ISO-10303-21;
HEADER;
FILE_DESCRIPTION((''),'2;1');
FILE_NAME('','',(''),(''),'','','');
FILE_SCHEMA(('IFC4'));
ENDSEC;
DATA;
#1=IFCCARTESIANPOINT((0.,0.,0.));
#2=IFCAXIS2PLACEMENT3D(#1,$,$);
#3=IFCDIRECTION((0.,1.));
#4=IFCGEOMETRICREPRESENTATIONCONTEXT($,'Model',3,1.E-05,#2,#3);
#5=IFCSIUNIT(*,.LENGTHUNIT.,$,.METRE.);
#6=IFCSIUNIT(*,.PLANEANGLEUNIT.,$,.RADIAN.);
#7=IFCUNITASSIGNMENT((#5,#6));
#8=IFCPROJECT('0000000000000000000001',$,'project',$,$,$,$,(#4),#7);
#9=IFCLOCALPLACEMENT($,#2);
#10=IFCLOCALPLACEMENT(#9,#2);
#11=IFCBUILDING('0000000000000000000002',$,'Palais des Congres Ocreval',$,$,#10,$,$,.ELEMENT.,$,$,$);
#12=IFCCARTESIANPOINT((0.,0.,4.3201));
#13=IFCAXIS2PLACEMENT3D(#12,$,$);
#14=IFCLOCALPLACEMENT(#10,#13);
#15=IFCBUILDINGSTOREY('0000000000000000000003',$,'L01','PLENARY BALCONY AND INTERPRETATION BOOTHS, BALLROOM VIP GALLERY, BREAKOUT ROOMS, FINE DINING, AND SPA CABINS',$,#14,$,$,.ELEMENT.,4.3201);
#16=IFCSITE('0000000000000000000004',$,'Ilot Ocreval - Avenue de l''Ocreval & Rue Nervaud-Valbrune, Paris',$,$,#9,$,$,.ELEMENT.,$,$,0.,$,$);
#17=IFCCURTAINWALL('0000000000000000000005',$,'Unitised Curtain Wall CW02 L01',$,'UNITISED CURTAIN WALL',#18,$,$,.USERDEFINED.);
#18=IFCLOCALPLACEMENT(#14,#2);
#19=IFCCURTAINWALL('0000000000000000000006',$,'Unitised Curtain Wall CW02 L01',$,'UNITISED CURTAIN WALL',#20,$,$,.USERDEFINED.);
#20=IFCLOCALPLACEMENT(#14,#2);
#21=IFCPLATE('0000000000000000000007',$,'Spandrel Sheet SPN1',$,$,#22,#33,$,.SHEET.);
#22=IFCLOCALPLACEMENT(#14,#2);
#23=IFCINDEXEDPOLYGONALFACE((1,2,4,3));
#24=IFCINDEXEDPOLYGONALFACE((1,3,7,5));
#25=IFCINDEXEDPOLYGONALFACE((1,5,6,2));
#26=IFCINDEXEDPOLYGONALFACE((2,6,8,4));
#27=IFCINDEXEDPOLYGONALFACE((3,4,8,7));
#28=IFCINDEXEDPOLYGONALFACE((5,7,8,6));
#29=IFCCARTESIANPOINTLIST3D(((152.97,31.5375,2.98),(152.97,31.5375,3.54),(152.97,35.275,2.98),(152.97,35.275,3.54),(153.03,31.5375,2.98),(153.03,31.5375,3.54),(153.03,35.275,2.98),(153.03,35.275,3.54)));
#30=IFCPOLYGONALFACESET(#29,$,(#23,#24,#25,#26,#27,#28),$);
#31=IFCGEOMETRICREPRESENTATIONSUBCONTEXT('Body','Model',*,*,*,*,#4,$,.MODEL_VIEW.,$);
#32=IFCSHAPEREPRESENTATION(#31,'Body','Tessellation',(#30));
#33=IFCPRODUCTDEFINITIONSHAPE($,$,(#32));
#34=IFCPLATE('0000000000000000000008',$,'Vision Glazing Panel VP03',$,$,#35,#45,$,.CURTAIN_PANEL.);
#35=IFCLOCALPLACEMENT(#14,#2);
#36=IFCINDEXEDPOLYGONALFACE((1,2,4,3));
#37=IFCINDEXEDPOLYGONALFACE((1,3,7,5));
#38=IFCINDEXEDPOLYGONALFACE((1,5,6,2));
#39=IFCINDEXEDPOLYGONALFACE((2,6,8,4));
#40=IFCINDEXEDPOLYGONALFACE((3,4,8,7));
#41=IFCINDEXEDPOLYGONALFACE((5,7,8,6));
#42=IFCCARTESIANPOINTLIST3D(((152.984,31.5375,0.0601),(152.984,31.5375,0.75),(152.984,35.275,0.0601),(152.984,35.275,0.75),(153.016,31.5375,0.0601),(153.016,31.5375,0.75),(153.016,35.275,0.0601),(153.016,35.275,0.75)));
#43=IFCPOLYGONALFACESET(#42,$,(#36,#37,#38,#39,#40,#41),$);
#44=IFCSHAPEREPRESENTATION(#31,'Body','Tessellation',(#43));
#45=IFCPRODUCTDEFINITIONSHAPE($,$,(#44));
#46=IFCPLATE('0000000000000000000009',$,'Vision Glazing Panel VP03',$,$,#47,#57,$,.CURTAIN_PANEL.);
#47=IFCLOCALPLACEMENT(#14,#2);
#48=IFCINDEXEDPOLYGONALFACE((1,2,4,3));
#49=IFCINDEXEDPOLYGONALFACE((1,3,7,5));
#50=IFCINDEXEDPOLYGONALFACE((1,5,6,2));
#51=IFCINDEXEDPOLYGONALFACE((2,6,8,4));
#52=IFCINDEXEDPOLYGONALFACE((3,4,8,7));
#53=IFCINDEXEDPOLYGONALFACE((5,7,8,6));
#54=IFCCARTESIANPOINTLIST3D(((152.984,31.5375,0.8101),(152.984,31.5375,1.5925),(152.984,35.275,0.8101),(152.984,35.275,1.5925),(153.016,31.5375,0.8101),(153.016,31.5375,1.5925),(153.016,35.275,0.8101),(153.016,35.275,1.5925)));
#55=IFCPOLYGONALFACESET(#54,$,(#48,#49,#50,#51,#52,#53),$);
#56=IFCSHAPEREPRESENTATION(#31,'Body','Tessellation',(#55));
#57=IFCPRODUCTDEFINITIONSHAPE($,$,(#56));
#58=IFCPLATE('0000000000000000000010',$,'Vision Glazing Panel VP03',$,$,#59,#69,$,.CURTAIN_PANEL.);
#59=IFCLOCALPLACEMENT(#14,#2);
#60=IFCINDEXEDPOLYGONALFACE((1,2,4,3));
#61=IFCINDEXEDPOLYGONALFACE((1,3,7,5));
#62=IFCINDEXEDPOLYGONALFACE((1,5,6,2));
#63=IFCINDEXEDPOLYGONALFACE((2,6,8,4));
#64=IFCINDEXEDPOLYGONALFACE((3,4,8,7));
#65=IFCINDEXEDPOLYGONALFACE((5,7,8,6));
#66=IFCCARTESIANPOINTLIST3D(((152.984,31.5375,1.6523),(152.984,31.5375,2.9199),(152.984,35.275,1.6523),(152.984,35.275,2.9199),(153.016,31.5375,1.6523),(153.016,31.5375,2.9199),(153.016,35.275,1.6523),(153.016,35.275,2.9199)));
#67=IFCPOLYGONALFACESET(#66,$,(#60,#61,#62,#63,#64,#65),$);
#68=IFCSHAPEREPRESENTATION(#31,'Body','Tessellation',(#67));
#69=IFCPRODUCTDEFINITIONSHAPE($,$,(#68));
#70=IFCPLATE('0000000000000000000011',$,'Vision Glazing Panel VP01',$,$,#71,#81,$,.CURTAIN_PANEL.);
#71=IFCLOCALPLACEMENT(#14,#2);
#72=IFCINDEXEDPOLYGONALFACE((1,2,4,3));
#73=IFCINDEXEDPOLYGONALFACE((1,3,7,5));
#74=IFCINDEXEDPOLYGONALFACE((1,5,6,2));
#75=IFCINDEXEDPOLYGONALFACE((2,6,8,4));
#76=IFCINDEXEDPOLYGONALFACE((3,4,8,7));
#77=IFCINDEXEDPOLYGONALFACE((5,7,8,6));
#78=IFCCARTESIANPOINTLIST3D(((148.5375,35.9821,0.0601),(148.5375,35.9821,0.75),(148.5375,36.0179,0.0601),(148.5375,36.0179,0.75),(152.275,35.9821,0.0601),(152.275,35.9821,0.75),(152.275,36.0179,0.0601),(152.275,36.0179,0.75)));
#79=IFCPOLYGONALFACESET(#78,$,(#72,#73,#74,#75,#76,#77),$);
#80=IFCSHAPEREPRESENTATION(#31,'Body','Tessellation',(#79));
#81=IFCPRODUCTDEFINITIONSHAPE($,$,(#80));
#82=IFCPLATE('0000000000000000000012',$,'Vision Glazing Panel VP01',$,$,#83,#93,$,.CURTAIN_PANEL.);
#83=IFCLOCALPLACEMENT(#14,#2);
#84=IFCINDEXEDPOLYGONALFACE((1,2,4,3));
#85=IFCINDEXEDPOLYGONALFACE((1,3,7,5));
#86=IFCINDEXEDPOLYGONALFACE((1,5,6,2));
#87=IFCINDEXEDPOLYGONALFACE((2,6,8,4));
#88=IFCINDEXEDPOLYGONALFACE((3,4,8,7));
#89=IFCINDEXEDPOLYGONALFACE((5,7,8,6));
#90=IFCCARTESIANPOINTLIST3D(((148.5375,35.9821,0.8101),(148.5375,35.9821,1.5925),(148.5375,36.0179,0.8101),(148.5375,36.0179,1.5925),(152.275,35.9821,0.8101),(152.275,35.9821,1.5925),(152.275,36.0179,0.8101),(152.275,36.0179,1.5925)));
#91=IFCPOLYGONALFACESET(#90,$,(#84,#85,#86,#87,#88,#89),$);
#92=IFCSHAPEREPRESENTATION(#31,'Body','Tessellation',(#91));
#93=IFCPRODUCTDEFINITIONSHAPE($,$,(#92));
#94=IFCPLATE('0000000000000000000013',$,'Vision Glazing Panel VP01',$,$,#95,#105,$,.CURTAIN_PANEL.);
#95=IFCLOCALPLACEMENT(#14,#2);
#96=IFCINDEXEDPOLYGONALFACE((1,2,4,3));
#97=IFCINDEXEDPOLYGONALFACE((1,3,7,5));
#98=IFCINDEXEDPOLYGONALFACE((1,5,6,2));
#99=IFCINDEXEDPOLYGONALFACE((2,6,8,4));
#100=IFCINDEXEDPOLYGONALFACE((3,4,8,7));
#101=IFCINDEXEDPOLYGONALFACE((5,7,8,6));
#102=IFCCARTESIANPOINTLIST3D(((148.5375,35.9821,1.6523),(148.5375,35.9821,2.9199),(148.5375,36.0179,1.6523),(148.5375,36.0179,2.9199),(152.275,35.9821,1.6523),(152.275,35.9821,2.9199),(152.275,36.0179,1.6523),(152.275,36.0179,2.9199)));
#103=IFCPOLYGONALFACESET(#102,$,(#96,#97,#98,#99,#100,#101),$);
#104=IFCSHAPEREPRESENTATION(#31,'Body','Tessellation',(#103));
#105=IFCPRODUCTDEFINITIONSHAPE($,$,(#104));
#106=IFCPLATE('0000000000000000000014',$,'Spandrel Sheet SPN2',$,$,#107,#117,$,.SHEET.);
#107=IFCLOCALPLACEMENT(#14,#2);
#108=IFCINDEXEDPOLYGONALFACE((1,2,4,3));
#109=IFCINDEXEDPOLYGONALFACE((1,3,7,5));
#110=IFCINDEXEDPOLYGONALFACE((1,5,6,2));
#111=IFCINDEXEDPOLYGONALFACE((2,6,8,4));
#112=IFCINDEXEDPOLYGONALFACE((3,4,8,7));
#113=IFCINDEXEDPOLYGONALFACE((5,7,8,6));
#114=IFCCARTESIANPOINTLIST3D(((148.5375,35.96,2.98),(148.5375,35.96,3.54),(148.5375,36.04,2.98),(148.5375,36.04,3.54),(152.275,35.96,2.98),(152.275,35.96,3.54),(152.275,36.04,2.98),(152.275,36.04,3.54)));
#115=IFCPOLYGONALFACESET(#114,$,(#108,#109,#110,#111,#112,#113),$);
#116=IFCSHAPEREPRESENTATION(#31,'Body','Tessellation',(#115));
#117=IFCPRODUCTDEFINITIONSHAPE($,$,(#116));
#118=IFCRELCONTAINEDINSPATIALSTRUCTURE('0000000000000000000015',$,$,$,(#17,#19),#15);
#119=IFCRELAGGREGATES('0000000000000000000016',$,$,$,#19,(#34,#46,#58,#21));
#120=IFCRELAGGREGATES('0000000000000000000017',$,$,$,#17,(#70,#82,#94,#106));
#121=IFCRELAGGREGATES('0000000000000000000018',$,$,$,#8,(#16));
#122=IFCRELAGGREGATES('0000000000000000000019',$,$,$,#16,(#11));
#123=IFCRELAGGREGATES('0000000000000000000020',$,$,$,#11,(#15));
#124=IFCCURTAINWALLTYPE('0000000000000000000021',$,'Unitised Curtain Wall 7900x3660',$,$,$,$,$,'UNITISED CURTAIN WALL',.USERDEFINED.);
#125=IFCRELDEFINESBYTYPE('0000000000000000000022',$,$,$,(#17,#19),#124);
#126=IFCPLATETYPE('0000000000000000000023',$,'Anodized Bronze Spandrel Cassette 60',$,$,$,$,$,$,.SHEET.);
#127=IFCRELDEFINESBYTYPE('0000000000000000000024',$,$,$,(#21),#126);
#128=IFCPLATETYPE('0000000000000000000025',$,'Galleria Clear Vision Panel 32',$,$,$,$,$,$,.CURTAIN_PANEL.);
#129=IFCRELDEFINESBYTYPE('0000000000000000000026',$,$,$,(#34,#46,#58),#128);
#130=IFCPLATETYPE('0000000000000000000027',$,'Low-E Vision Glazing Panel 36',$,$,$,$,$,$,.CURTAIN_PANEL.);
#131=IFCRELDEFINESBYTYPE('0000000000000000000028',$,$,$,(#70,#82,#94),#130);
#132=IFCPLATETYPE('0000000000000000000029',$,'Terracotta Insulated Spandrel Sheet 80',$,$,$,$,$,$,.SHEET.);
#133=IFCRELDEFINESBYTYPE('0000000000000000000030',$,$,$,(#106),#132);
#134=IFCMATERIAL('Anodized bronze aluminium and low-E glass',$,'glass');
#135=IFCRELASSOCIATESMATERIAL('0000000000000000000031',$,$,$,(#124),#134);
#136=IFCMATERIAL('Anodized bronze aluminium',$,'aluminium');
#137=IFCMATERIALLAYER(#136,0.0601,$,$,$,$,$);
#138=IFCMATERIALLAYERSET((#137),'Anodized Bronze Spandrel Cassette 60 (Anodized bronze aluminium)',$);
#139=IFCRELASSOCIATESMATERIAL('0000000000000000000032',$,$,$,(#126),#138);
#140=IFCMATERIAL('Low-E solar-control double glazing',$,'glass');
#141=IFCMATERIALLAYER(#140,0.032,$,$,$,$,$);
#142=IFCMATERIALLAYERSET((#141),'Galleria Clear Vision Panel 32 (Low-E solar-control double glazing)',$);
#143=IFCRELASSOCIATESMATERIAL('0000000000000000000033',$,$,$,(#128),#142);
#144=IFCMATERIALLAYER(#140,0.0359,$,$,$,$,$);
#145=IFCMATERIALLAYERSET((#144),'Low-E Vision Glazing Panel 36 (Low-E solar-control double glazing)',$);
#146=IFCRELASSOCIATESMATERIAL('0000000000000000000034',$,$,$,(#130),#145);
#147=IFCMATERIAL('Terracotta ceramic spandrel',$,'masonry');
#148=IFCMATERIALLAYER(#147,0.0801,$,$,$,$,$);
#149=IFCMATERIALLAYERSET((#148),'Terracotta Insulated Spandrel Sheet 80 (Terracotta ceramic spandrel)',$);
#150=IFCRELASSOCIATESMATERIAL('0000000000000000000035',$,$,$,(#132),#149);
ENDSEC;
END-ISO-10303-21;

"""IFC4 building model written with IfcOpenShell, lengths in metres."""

from ifc_helpers import new_model, si_unit, direction, frame, origin, origin_2d, place, context, subcontext, project, spatial, rectangle, extrude, material, layer, layer_set, type_object, element, aggregate, save


model = new_model("IFC4")

# Units and contexts
model_context = context("Model", 3, precision=1e-05, world=origin(), true_north=direction((0.0, 1.0)))
body_context = subcontext(model_context, "Body", "Model", "MODEL_VIEW")
ifc_project = project(units=[si_unit("LENGTHUNIT", "METRE"), si_unit("PLANEANGLEUNIT", "RADIAN")], contexts=[model_context])

# Site, building, storey
site_placement = place(None, origin())
site = spatial("IfcSite", under=ifc_project, at=site_placement, Name="Ilot Ocreval - Avenue de l'Ocreval & Rue Nervaud-Valbrune, Paris", CompositionType="ELEMENT", RefElevation=0.0)
building_placement = place(site_placement, origin())
building = spatial("IfcBuilding", under=site, at=building_placement, Name="Palais des Congres Ocreval", CompositionType="ELEMENT")
storey_placement = place(building_placement, frame((0.0, 0.0, 4.3201)))
storey = spatial("IfcBuildingStorey", under=building, at=storey_placement, Name="L01", Description="PLENARY BALCONY AND INTERPRETATION BOOTHS, BALLROOM VIP GALLERY, BREAKOUT ROOMS, FINE DINING, AND SPA CABINS", CompositionType="ELEMENT", Elevation=4.3201)

# Curtain walls
ifc_material_1 = material(Name="Anodized bronze aluminium and low-E glass", Category="glass")
curtain_wall_type = type_object("IfcCurtainWallType", Name="Unitised Curtain Wall 7900x3660", ElementType="UNITISED CURTAIN WALL", PredefinedType="USERDEFINED", material=ifc_material_1)
curtain_wall_1_placement = place(storey_placement, origin())
curtain_wall_1 = element("IfcCurtainWall", 1, at=curtain_wall_1_placement, inside=storey, type_object=curtain_wall_type, Name="Unitised Curtain Wall CW02 L01", ObjectType="UNITISED CURTAIN WALL", PredefinedType="USERDEFINED")
ifc_material_2 = material(Name="Anodized bronze aluminium", Category="aluminium")
curtain_wall_2_placement = place(storey_placement, origin())
curtain_wall_2 = element("IfcCurtainWall", 2, at=curtain_wall_2_placement, inside=storey, type_object=curtain_wall_type, Name="Unitised Curtain Wall CW02 L01", ObjectType="UNITISED CURTAIN WALL", PredefinedType="USERDEFINED")

# Plates
ifc_layer_1 = layer(ifc_material_2, 0.0601)
ifc_layer_set_1 = layer_set([ifc_layer_1], Name="Anodized Bronze Spandrel Cassette 60 (Anodized bronze aluminium)")
plate_type_1 = type_object("IfcPlateType", Name="Anodized Bronze Spandrel Cassette 60", PredefinedType="SHEET", material=ifc_layer_set_1)
plate_1_placement = place(storey_placement, frame((153.0, 33.4062, 2.98), z_axis=(0.0, 0.0, 1.0), x_axis=(0.0, 1.0, 0.0)))
plate_1 = element("IfcPlate", 3, at=plate_1_placement, type_object=plate_type_1, Name="Spandrel Sheet SPN1", PredefinedType="SHEET", context=body_context, shape_type="SweptSolid", body=[
    extrude(rectangle(XDim=3.7375, YDim=0.0601, at=origin_2d()), origin(), (0.0, 0.0, 1.0), 0.5601),
])
ifc_material_3 = material(Name="Low-E solar-control double glazing", Category="glass")
ifc_layer_2 = layer(ifc_material_3, 0.032)
ifc_layer_set_2 = layer_set([ifc_layer_2], Name="Galleria Clear Vision Panel 32 (Low-E solar-control double glazing)")
plate_type_2 = type_object("IfcPlateType", Name="Galleria Clear Vision Panel 32", PredefinedType="CURTAIN_PANEL", material=ifc_layer_set_2)
plate_2_placement = place(storey_placement, frame((153.0, 33.4062, 0.0601), z_axis=(0.0, 0.0, 1.0), x_axis=(0.0, 1.0, 0.0)))
plate_2 = element("IfcPlate", 4, at=plate_2_placement, type_object=plate_type_2, Name="Vision Glazing Panel VP03", PredefinedType="CURTAIN_PANEL", context=body_context, shape_type="SweptSolid", body=[
    extrude(rectangle(XDim=3.7375, YDim=0.032, at=origin_2d()), origin(), (0.0, 0.0, 1.0), 0.6899),
])
plate_3_placement = place(storey_placement, frame((153.0, 33.4062, 0.8101), z_axis=(0.0, 0.0, 1.0), x_axis=(0.0, 1.0, 0.0)))
plate_3 = element("IfcPlate", 5, at=plate_3_placement, type_object=plate_type_2, Name="Vision Glazing Panel VP03", PredefinedType="CURTAIN_PANEL", context=body_context, shape_type="SweptSolid", body=[
    extrude(rectangle(XDim=3.7375, YDim=0.032, at=origin_2d()), origin(), (0.0, 0.0, 1.0), 0.7825),
])
plate_4_placement = place(storey_placement, frame((153.0, 33.4062, 1.6523), z_axis=(0.0, 0.0, 1.0), x_axis=(0.0, 1.0, 0.0)))
plate_4 = element("IfcPlate", 6, at=plate_4_placement, type_object=plate_type_2, Name="Vision Glazing Panel VP03", PredefinedType="CURTAIN_PANEL", context=body_context, shape_type="SweptSolid", body=[
    extrude(rectangle(XDim=3.7375, YDim=0.032, at=origin_2d()), origin(), (0.0, 0.0, 1.0), 1.2676),
])
aggregate(curtain_wall_2, [plate_2, plate_3, plate_4, plate_1])
ifc_layer_3 = layer(ifc_material_3, 0.0359)
ifc_layer_set_3 = layer_set([ifc_layer_3], Name="Low-E Vision Glazing Panel 36 (Low-E solar-control double glazing)")
plate_type_3 = type_object("IfcPlateType", Name="Low-E Vision Glazing Panel 36", PredefinedType="CURTAIN_PANEL", material=ifc_layer_set_3)
plate_5_placement = place(storey_placement, frame((150.4062, 36.0, 0.0601), z_axis=(0.0, 0.0, 1.0), x_axis=(-1.0, 0.0, 0.0)))
plate_5 = element("IfcPlate", 7, at=plate_5_placement, type_object=plate_type_3, Name="Vision Glazing Panel VP01", PredefinedType="CURTAIN_PANEL", context=body_context, shape_type="SweptSolid", body=[
    extrude(rectangle(XDim=3.7375, YDim=0.0359, at=origin_2d()), origin(), (0.0, 0.0, 1.0), 0.6899),
])
plate_6_placement = place(storey_placement, frame((150.4062, 36.0, 0.8101), z_axis=(0.0, 0.0, 1.0), x_axis=(-1.0, 0.0, 0.0)))
plate_6 = element("IfcPlate", 8, at=plate_6_placement, type_object=plate_type_3, Name="Vision Glazing Panel VP01", PredefinedType="CURTAIN_PANEL", context=body_context, shape_type="SweptSolid", body=[
    extrude(rectangle(XDim=3.7375, YDim=0.0359, at=origin_2d()), origin(), (0.0, 0.0, 1.0), 0.7825),
])
plate_7_placement = place(storey_placement, frame((150.4062, 36.0, 1.6523), z_axis=(0.0, 0.0, 1.0), x_axis=(-1.0, 0.0, 0.0)))
plate_7 = element("IfcPlate", 9, at=plate_7_placement, type_object=plate_type_3, Name="Vision Glazing Panel VP01", PredefinedType="CURTAIN_PANEL", context=body_context, shape_type="SweptSolid", body=[
    extrude(rectangle(XDim=3.7375, YDim=0.0359, at=origin_2d()), origin(), (0.0, 0.0, 1.0), 1.2676),
])
ifc_material_4 = material(Name="Terracotta ceramic spandrel", Category="masonry")
ifc_layer_4 = layer(ifc_material_4, 0.0801)
ifc_layer_set_4 = layer_set([ifc_layer_4], Name="Terracotta Insulated Spandrel Sheet 80 (Terracotta ceramic spandrel)")
plate_type_4 = type_object("IfcPlateType", Name="Terracotta Insulated Spandrel Sheet 80", PredefinedType="SHEET", material=ifc_layer_set_4)
plate_8_placement = place(storey_placement, frame((150.4062, 36.0, 2.98), z_axis=(0.0, 0.0, 1.0), x_axis=(-1.0, 0.0, 0.0)))
plate_8 = element("IfcPlate", 10, at=plate_8_placement, type_object=plate_type_4, Name="Spandrel Sheet SPN2", PredefinedType="SHEET", context=body_context, shape_type="SweptSolid", body=[
    extrude(rectangle(XDim=3.7375, YDim=0.0801, at=origin_2d()), origin(), (0.0, 0.0, 1.0), 0.5601),
])
aggregate(curtain_wall_1, [plate_5, plate_6, plate_7, plate_8])

save(model, "model.ifc")
